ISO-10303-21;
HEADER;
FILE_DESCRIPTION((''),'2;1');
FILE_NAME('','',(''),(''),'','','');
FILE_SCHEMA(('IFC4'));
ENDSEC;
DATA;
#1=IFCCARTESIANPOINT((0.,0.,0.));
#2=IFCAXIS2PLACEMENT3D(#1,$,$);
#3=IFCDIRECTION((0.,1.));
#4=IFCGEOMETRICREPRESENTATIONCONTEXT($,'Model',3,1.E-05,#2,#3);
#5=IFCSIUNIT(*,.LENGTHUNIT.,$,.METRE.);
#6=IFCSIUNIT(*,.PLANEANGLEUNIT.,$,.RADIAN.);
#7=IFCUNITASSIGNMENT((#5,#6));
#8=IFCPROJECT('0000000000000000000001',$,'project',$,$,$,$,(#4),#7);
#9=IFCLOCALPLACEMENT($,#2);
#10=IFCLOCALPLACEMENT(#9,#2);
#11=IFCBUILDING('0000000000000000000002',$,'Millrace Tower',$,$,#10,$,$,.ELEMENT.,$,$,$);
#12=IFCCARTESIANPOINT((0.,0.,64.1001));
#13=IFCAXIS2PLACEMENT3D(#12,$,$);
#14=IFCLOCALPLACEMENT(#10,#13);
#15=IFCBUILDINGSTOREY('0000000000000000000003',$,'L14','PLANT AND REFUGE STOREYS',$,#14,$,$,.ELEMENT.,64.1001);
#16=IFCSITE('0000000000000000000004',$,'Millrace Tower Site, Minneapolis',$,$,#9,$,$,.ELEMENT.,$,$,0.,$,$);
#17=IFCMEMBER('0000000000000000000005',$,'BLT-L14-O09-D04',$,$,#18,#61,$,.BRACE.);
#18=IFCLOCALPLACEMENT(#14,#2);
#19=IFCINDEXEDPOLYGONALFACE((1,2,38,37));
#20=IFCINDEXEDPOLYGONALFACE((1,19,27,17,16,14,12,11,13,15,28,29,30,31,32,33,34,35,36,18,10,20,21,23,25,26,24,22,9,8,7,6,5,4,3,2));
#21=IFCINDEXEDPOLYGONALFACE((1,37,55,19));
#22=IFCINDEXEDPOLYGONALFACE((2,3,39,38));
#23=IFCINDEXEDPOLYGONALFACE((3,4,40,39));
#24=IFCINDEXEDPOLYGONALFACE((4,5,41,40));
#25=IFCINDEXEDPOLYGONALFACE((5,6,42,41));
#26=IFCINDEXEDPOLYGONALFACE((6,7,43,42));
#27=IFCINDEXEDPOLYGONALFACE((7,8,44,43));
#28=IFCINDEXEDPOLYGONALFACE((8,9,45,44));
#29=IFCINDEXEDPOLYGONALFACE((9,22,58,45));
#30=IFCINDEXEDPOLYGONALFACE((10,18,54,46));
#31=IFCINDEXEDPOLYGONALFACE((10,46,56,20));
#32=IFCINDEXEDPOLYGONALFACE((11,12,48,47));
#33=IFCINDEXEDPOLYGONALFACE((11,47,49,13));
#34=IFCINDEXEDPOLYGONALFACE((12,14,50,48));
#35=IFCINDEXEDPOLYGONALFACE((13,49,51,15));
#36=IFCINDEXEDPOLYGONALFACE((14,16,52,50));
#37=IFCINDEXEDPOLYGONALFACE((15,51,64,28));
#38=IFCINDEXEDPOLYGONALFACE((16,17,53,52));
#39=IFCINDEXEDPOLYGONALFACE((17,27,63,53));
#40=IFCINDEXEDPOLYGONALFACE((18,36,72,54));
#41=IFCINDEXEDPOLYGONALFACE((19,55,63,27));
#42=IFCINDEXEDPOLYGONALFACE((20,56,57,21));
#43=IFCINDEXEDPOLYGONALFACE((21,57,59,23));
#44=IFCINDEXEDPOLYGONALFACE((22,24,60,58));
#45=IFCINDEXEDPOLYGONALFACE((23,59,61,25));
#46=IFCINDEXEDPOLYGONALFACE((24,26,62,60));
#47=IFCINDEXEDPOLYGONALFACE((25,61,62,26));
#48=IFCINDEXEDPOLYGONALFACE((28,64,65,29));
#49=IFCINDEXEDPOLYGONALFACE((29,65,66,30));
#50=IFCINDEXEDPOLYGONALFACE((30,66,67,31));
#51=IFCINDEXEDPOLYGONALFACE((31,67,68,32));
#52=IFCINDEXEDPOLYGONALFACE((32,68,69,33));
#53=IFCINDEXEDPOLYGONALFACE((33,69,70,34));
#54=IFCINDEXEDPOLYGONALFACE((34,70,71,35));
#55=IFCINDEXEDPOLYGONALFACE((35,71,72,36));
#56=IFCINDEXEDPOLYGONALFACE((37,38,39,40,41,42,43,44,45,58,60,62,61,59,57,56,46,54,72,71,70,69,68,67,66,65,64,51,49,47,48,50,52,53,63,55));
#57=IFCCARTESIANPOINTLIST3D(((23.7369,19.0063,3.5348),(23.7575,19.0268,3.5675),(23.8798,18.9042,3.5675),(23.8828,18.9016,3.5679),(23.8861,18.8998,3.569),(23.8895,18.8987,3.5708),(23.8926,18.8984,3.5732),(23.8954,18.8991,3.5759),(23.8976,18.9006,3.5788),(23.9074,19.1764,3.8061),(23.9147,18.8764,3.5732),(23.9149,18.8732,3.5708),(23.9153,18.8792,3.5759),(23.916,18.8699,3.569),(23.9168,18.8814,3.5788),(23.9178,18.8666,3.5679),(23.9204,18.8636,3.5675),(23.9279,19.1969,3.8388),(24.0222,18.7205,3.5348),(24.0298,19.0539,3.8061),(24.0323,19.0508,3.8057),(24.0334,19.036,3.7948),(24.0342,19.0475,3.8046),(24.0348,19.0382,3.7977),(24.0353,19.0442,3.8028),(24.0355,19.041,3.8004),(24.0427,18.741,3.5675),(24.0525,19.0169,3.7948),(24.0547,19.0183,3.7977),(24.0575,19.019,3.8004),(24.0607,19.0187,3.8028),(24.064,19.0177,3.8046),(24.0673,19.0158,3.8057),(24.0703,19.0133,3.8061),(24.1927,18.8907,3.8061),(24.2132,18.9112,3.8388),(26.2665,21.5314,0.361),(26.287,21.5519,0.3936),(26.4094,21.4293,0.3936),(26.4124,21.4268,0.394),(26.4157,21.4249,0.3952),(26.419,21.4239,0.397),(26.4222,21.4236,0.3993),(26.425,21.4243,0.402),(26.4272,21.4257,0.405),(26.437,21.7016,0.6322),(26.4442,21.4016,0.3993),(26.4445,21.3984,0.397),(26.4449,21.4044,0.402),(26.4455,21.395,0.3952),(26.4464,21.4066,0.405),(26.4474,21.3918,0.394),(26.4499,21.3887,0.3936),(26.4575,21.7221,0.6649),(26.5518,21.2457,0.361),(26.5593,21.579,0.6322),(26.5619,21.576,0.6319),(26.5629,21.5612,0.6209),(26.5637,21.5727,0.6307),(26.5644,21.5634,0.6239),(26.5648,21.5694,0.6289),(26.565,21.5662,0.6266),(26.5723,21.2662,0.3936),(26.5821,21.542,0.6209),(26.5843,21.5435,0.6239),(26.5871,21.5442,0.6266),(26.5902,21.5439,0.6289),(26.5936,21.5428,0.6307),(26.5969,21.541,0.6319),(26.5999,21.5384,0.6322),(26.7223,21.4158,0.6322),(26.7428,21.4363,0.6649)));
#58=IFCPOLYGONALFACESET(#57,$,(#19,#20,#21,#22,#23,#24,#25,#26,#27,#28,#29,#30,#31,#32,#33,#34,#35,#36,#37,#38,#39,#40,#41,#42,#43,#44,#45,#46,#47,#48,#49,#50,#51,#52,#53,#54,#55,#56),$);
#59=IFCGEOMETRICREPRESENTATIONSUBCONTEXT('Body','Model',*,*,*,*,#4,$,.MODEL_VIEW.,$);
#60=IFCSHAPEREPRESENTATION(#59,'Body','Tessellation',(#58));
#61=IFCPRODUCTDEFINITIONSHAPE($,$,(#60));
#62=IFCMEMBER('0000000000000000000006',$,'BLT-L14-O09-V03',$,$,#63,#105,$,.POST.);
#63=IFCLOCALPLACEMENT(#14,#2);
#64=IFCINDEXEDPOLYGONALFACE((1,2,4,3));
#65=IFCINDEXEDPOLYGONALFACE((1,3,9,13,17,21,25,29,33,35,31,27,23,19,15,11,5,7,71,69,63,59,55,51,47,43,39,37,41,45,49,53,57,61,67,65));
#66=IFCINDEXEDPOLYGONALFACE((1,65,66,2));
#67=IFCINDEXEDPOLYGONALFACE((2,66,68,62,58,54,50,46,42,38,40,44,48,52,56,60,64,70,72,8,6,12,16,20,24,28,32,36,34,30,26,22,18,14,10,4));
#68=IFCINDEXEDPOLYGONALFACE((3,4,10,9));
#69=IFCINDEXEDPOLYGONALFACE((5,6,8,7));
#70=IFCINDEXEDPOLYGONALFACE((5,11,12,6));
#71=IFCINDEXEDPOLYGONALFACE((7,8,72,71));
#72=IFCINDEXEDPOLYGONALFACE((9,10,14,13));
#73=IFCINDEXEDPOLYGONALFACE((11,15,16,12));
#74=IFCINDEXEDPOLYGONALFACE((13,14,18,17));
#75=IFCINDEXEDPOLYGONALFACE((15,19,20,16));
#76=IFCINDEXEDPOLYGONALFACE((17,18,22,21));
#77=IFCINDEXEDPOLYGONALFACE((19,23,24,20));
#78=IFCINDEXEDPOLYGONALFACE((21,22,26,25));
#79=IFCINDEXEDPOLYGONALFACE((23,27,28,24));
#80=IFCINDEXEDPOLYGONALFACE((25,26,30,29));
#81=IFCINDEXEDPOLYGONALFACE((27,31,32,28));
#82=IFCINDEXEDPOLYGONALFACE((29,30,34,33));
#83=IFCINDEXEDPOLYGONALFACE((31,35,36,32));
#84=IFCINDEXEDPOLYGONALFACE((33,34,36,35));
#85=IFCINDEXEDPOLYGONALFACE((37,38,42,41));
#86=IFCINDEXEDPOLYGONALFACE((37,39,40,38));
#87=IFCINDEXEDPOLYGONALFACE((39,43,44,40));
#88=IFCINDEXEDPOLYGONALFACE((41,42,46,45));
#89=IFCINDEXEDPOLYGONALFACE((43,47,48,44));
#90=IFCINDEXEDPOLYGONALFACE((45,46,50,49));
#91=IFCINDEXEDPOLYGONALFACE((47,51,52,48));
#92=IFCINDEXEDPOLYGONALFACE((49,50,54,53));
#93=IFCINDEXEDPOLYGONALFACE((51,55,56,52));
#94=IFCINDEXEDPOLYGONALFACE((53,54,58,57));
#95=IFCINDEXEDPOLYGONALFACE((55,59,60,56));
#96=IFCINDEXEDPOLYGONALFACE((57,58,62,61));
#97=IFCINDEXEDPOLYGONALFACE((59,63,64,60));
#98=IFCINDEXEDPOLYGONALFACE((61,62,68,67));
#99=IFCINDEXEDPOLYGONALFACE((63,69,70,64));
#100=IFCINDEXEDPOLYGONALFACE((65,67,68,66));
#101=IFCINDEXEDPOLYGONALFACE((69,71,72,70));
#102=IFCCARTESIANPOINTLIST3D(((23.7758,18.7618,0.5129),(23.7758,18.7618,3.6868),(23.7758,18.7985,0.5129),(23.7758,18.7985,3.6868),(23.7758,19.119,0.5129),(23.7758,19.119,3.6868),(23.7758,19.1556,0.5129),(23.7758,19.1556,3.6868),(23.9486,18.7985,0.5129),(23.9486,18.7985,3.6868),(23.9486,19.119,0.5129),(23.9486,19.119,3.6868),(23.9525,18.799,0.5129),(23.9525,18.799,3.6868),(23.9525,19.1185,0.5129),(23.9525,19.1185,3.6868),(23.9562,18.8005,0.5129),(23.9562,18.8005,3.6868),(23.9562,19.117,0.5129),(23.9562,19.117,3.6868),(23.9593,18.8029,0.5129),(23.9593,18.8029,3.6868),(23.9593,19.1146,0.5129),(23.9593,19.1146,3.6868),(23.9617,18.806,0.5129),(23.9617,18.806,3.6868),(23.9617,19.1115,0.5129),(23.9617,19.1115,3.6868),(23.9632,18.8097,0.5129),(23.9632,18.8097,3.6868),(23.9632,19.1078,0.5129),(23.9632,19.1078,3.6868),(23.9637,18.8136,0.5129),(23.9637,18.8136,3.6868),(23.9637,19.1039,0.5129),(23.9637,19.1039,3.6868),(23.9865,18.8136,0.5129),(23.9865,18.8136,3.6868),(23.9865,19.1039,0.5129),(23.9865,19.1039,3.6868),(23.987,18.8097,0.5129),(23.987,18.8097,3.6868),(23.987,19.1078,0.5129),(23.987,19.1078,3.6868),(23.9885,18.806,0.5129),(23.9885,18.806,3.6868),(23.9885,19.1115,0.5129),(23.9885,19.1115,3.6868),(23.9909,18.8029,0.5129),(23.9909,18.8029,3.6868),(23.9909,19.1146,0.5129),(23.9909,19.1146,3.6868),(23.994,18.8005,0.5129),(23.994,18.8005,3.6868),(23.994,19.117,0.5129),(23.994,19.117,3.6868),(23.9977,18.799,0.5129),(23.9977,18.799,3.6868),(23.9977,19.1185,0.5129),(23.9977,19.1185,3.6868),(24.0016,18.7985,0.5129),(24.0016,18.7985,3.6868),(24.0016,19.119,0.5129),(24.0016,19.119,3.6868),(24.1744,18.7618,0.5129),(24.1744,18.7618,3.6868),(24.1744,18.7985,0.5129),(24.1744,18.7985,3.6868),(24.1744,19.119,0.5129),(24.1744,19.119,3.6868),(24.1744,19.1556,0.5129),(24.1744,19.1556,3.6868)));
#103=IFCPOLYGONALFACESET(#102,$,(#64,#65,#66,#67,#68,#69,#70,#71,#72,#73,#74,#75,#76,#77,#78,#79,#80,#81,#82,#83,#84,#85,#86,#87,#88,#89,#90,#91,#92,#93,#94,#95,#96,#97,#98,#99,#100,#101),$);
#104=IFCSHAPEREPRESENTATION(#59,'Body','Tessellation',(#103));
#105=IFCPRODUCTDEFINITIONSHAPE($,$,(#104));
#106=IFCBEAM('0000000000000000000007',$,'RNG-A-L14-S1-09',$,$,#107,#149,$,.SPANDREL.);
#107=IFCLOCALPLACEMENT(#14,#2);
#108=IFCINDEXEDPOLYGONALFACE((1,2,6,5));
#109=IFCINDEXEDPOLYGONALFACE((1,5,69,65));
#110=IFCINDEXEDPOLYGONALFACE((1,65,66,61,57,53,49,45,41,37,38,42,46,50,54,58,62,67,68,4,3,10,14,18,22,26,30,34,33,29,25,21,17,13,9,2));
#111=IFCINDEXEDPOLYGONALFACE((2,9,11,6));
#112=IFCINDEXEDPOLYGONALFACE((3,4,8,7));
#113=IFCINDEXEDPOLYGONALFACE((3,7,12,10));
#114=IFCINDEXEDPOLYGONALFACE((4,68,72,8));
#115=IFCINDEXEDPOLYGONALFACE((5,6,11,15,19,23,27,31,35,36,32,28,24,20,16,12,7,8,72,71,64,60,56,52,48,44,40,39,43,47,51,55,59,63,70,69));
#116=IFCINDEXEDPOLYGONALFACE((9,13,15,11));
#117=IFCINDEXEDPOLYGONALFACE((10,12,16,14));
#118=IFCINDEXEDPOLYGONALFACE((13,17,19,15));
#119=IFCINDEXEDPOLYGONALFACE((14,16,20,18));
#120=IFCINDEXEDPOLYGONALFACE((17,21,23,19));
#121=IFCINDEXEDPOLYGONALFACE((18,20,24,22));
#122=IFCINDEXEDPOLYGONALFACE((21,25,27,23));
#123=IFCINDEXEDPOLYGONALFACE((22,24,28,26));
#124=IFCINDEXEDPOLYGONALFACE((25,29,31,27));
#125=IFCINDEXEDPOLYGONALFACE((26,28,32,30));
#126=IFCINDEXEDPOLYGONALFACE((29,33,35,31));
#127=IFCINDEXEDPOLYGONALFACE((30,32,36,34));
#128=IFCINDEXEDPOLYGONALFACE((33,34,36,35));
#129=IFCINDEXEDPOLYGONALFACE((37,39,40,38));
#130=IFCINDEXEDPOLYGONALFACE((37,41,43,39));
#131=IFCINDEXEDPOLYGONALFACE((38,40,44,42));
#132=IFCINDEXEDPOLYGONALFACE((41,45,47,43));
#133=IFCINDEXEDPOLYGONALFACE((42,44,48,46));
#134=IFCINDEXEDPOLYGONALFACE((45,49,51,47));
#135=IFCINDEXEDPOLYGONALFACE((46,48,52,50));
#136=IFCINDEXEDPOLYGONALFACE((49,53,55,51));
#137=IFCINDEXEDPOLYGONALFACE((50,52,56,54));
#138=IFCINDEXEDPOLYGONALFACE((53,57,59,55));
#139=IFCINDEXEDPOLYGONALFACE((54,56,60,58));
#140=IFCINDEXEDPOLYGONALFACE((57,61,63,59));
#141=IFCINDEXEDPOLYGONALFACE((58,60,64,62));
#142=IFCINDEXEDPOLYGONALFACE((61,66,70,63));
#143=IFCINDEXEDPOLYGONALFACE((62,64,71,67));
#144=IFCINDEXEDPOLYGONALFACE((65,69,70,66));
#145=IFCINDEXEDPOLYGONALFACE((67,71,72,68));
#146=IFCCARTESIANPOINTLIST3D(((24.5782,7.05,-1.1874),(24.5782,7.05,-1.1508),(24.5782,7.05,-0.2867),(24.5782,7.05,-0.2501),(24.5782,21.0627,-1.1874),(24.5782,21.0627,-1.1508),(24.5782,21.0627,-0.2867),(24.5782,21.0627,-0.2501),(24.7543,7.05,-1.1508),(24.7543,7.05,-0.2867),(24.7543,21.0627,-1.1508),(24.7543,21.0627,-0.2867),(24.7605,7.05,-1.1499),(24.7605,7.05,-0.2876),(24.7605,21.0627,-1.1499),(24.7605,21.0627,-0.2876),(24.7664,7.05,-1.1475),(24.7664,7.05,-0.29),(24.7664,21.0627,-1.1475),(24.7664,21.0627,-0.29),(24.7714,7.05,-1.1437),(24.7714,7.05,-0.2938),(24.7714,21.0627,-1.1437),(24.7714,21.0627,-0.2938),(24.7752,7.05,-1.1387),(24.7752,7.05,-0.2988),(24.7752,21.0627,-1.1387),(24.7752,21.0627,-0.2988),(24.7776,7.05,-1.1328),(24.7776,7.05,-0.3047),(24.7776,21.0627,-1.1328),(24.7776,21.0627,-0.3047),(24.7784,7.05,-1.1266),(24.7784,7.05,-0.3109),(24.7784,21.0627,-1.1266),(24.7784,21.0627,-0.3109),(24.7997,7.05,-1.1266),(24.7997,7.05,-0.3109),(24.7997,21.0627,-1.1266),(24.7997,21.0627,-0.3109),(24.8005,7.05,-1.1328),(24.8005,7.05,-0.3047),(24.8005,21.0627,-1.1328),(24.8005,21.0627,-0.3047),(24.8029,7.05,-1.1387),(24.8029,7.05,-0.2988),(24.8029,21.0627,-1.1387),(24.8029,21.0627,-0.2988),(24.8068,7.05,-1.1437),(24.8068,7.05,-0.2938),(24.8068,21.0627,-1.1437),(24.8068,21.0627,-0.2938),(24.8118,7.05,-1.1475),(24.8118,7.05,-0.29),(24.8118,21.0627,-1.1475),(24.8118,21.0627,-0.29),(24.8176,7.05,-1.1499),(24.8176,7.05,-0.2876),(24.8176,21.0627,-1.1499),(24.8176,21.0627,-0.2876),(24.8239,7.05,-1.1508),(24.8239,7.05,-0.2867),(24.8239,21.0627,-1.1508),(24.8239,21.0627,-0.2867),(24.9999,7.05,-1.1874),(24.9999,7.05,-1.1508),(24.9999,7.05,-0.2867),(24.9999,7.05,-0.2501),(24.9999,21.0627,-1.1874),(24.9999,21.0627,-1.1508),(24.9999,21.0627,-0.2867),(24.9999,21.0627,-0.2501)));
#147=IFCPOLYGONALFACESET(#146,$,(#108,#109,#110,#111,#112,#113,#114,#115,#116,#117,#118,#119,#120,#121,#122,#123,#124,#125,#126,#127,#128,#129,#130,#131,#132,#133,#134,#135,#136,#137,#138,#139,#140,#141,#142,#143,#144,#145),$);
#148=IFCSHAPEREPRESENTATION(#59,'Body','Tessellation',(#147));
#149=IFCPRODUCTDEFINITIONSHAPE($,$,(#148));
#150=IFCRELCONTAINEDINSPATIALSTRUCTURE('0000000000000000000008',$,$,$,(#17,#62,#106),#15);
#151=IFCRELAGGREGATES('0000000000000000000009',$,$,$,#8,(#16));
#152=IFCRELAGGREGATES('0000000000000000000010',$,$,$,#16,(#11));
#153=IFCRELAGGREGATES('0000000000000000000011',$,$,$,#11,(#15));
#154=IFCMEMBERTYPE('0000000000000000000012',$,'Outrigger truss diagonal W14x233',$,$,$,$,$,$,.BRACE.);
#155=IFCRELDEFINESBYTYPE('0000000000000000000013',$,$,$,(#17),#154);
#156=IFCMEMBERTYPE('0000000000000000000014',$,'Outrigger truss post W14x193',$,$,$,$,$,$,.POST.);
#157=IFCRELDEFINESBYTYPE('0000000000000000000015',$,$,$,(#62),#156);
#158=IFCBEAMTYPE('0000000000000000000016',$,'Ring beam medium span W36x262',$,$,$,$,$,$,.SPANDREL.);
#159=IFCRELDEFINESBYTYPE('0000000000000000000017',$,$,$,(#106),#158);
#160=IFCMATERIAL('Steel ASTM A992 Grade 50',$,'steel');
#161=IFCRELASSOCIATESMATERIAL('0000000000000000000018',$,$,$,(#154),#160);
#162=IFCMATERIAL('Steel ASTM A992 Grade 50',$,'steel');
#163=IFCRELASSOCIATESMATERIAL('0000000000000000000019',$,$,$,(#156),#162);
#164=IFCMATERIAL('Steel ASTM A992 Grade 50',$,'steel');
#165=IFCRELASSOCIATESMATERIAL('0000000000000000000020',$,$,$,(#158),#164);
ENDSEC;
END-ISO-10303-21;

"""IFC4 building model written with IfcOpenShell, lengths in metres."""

from ifc_helpers import new_model, si_unit, direction, frame, origin, origin_2d, place, context, subcontext, project, spatial, i_section, extrude, material, material_profile, profile_set, type_object, element, save


model = new_model("IFC4")

# Units and contexts
model_context = context("Model", 3, precision=1e-05, world=origin(), true_north=direction((0.0, 1.0)))
body_context = subcontext(model_context, "Body", "Model", "MODEL_VIEW")
ifc_project = project(units=[si_unit("LENGTHUNIT", "METRE"), si_unit("PLANEANGLEUNIT", "RADIAN")], contexts=[model_context])

# Site, building, storey
site_placement = place(None, origin())
site = spatial("IfcSite", under=ifc_project, at=site_placement, Name="Millrace Tower Site, Minneapolis", CompositionType="ELEMENT", RefElevation=0.0)
building_placement = place(site_placement, origin())
building = spatial("IfcBuilding", under=site, at=building_placement, Name="Millrace Tower", CompositionType="ELEMENT")
storey_placement = place(building_placement, frame((0.0, 0.0, 64.1001)))
storey = spatial("IfcBuildingStorey", under=building, at=storey_placement, Name="L14", Description="PLANT AND REFUGE STOREYS", CompositionType="ELEMENT", Elevation=64.1001)

# Members
ifc_material_1 = material(Name="Steel ASTM A992 Grade 50", Category="steel")
ifc_material_profile_1 = material_profile(ifc_material_1, i_section(OverallWidth=0.4038, OverallDepth=0.4065, WebThickness=0.0271, FlangeThickness=0.0437, FilletRadius=0.0151, at=origin_2d()))
ifc_profile_set_1 = profile_set([ifc_material_profile_1], Name="Steel ASTM A992 Grade 50")
member_type_1 = type_object("IfcMemberType", Name="Outrigger truss diagonal W14x233", PredefinedType="BRACE", material=ifc_profile_set_1)
member_1_placement = place(storey_placement, frame((26.5046, 21.4839, 0.5129), z_axis=(-0.529196, -0.528276, 0.663985), x_axis=(0.706492, -0.707721, 0.0)))
element("IfcMember", 1, at=member_1_placement, inside=storey, type_object=member_type_1, Name="BLT-L14-O09-D04", PredefinedType="BRACE", context=body_context, shape_type="SweptSolid", body=[
    extrude(i_section(OverallWidth=0.4038, OverallDepth=0.4065, WebThickness=0.0271, FlangeThickness=0.0437, FilletRadius=0.0151, at=origin_2d()), origin(), (0.0, 0.0, 1.0), 4.78),
])
ifc_material_2 = material(Name="Steel ASTM A992 Grade 50", Category="steel")
ifc_material_profile_2 = material_profile(ifc_material_2, i_section(OverallWidth=0.3987, OverallDepth=0.3938, WebThickness=0.0227, FlangeThickness=0.0366, FilletRadius=0.0151, at=origin_2d()))
ifc_profile_set_2 = profile_set([ifc_material_profile_2], Name="Steel ASTM A992 Grade 50")
member_type_2 = type_object("IfcMemberType", Name="Outrigger truss post W14x193", PredefinedType="POST", material=ifc_profile_set_2)
member_2_placement = place(storey_placement, frame((23.9751, 18.9587, 0.5129), z_axis=(0.0, 0.0, 1.0), x_axis=(1.0, 0.0, 0.0)))
element("IfcMember", 2, at=member_2_placement, inside=storey, type_object=member_type_2, Name="BLT-L14-O09-V03", PredefinedType="POST", context=body_context, shape_type="SweptSolid", body=[
    extrude(i_section(OverallWidth=0.3987, OverallDepth=0.3938, WebThickness=0.0227, FlangeThickness=0.0366, FilletRadius=0.0151, at=origin_2d()), origin(), (0.0, 0.0, 1.0), 3.1738),
])

# Beam
ifc_material_3 = material(Name="Steel ASTM A992 Grade 50", Category="steel")
ifc_material_profile_3 = material_profile(ifc_material_3, i_section(OverallWidth=0.4216, OverallDepth=0.9373, WebThickness=0.0212, FlangeThickness=0.0366, FilletRadius=0.0242, at=origin_2d()))
ifc_profile_set_3 = profile_set([ifc_material_profile_3], Name="Steel ASTM A992 Grade 50")
beam_type_1 = type_object("IfcBeamType", Name="Ring beam medium span W36x262", PredefinedType="SPANDREL", material=ifc_profile_set_3)
beam_1_placement = place(storey_placement, frame((24.7891, 21.0627, -0.7188), z_axis=(0.0, -1.0, 0.0), x_axis=(1.0, 0.0, 0.0)))
element("IfcBeam", 3, at=beam_1_placement, inside=storey, type_object=beam_type_1, Name="RNG-A-L14-S1-09", PredefinedType="SPANDREL", context=body_context, shape_type="SweptSolid", body=[
    extrude(i_section(OverallWidth=0.4216, OverallDepth=0.9373, WebThickness=0.0212, FlangeThickness=0.0366, FilletRadius=0.0242, at=origin_2d()), origin(), (0.0, 0.0, 1.0), 14.0127),
])

save(model, "model.ifc")
